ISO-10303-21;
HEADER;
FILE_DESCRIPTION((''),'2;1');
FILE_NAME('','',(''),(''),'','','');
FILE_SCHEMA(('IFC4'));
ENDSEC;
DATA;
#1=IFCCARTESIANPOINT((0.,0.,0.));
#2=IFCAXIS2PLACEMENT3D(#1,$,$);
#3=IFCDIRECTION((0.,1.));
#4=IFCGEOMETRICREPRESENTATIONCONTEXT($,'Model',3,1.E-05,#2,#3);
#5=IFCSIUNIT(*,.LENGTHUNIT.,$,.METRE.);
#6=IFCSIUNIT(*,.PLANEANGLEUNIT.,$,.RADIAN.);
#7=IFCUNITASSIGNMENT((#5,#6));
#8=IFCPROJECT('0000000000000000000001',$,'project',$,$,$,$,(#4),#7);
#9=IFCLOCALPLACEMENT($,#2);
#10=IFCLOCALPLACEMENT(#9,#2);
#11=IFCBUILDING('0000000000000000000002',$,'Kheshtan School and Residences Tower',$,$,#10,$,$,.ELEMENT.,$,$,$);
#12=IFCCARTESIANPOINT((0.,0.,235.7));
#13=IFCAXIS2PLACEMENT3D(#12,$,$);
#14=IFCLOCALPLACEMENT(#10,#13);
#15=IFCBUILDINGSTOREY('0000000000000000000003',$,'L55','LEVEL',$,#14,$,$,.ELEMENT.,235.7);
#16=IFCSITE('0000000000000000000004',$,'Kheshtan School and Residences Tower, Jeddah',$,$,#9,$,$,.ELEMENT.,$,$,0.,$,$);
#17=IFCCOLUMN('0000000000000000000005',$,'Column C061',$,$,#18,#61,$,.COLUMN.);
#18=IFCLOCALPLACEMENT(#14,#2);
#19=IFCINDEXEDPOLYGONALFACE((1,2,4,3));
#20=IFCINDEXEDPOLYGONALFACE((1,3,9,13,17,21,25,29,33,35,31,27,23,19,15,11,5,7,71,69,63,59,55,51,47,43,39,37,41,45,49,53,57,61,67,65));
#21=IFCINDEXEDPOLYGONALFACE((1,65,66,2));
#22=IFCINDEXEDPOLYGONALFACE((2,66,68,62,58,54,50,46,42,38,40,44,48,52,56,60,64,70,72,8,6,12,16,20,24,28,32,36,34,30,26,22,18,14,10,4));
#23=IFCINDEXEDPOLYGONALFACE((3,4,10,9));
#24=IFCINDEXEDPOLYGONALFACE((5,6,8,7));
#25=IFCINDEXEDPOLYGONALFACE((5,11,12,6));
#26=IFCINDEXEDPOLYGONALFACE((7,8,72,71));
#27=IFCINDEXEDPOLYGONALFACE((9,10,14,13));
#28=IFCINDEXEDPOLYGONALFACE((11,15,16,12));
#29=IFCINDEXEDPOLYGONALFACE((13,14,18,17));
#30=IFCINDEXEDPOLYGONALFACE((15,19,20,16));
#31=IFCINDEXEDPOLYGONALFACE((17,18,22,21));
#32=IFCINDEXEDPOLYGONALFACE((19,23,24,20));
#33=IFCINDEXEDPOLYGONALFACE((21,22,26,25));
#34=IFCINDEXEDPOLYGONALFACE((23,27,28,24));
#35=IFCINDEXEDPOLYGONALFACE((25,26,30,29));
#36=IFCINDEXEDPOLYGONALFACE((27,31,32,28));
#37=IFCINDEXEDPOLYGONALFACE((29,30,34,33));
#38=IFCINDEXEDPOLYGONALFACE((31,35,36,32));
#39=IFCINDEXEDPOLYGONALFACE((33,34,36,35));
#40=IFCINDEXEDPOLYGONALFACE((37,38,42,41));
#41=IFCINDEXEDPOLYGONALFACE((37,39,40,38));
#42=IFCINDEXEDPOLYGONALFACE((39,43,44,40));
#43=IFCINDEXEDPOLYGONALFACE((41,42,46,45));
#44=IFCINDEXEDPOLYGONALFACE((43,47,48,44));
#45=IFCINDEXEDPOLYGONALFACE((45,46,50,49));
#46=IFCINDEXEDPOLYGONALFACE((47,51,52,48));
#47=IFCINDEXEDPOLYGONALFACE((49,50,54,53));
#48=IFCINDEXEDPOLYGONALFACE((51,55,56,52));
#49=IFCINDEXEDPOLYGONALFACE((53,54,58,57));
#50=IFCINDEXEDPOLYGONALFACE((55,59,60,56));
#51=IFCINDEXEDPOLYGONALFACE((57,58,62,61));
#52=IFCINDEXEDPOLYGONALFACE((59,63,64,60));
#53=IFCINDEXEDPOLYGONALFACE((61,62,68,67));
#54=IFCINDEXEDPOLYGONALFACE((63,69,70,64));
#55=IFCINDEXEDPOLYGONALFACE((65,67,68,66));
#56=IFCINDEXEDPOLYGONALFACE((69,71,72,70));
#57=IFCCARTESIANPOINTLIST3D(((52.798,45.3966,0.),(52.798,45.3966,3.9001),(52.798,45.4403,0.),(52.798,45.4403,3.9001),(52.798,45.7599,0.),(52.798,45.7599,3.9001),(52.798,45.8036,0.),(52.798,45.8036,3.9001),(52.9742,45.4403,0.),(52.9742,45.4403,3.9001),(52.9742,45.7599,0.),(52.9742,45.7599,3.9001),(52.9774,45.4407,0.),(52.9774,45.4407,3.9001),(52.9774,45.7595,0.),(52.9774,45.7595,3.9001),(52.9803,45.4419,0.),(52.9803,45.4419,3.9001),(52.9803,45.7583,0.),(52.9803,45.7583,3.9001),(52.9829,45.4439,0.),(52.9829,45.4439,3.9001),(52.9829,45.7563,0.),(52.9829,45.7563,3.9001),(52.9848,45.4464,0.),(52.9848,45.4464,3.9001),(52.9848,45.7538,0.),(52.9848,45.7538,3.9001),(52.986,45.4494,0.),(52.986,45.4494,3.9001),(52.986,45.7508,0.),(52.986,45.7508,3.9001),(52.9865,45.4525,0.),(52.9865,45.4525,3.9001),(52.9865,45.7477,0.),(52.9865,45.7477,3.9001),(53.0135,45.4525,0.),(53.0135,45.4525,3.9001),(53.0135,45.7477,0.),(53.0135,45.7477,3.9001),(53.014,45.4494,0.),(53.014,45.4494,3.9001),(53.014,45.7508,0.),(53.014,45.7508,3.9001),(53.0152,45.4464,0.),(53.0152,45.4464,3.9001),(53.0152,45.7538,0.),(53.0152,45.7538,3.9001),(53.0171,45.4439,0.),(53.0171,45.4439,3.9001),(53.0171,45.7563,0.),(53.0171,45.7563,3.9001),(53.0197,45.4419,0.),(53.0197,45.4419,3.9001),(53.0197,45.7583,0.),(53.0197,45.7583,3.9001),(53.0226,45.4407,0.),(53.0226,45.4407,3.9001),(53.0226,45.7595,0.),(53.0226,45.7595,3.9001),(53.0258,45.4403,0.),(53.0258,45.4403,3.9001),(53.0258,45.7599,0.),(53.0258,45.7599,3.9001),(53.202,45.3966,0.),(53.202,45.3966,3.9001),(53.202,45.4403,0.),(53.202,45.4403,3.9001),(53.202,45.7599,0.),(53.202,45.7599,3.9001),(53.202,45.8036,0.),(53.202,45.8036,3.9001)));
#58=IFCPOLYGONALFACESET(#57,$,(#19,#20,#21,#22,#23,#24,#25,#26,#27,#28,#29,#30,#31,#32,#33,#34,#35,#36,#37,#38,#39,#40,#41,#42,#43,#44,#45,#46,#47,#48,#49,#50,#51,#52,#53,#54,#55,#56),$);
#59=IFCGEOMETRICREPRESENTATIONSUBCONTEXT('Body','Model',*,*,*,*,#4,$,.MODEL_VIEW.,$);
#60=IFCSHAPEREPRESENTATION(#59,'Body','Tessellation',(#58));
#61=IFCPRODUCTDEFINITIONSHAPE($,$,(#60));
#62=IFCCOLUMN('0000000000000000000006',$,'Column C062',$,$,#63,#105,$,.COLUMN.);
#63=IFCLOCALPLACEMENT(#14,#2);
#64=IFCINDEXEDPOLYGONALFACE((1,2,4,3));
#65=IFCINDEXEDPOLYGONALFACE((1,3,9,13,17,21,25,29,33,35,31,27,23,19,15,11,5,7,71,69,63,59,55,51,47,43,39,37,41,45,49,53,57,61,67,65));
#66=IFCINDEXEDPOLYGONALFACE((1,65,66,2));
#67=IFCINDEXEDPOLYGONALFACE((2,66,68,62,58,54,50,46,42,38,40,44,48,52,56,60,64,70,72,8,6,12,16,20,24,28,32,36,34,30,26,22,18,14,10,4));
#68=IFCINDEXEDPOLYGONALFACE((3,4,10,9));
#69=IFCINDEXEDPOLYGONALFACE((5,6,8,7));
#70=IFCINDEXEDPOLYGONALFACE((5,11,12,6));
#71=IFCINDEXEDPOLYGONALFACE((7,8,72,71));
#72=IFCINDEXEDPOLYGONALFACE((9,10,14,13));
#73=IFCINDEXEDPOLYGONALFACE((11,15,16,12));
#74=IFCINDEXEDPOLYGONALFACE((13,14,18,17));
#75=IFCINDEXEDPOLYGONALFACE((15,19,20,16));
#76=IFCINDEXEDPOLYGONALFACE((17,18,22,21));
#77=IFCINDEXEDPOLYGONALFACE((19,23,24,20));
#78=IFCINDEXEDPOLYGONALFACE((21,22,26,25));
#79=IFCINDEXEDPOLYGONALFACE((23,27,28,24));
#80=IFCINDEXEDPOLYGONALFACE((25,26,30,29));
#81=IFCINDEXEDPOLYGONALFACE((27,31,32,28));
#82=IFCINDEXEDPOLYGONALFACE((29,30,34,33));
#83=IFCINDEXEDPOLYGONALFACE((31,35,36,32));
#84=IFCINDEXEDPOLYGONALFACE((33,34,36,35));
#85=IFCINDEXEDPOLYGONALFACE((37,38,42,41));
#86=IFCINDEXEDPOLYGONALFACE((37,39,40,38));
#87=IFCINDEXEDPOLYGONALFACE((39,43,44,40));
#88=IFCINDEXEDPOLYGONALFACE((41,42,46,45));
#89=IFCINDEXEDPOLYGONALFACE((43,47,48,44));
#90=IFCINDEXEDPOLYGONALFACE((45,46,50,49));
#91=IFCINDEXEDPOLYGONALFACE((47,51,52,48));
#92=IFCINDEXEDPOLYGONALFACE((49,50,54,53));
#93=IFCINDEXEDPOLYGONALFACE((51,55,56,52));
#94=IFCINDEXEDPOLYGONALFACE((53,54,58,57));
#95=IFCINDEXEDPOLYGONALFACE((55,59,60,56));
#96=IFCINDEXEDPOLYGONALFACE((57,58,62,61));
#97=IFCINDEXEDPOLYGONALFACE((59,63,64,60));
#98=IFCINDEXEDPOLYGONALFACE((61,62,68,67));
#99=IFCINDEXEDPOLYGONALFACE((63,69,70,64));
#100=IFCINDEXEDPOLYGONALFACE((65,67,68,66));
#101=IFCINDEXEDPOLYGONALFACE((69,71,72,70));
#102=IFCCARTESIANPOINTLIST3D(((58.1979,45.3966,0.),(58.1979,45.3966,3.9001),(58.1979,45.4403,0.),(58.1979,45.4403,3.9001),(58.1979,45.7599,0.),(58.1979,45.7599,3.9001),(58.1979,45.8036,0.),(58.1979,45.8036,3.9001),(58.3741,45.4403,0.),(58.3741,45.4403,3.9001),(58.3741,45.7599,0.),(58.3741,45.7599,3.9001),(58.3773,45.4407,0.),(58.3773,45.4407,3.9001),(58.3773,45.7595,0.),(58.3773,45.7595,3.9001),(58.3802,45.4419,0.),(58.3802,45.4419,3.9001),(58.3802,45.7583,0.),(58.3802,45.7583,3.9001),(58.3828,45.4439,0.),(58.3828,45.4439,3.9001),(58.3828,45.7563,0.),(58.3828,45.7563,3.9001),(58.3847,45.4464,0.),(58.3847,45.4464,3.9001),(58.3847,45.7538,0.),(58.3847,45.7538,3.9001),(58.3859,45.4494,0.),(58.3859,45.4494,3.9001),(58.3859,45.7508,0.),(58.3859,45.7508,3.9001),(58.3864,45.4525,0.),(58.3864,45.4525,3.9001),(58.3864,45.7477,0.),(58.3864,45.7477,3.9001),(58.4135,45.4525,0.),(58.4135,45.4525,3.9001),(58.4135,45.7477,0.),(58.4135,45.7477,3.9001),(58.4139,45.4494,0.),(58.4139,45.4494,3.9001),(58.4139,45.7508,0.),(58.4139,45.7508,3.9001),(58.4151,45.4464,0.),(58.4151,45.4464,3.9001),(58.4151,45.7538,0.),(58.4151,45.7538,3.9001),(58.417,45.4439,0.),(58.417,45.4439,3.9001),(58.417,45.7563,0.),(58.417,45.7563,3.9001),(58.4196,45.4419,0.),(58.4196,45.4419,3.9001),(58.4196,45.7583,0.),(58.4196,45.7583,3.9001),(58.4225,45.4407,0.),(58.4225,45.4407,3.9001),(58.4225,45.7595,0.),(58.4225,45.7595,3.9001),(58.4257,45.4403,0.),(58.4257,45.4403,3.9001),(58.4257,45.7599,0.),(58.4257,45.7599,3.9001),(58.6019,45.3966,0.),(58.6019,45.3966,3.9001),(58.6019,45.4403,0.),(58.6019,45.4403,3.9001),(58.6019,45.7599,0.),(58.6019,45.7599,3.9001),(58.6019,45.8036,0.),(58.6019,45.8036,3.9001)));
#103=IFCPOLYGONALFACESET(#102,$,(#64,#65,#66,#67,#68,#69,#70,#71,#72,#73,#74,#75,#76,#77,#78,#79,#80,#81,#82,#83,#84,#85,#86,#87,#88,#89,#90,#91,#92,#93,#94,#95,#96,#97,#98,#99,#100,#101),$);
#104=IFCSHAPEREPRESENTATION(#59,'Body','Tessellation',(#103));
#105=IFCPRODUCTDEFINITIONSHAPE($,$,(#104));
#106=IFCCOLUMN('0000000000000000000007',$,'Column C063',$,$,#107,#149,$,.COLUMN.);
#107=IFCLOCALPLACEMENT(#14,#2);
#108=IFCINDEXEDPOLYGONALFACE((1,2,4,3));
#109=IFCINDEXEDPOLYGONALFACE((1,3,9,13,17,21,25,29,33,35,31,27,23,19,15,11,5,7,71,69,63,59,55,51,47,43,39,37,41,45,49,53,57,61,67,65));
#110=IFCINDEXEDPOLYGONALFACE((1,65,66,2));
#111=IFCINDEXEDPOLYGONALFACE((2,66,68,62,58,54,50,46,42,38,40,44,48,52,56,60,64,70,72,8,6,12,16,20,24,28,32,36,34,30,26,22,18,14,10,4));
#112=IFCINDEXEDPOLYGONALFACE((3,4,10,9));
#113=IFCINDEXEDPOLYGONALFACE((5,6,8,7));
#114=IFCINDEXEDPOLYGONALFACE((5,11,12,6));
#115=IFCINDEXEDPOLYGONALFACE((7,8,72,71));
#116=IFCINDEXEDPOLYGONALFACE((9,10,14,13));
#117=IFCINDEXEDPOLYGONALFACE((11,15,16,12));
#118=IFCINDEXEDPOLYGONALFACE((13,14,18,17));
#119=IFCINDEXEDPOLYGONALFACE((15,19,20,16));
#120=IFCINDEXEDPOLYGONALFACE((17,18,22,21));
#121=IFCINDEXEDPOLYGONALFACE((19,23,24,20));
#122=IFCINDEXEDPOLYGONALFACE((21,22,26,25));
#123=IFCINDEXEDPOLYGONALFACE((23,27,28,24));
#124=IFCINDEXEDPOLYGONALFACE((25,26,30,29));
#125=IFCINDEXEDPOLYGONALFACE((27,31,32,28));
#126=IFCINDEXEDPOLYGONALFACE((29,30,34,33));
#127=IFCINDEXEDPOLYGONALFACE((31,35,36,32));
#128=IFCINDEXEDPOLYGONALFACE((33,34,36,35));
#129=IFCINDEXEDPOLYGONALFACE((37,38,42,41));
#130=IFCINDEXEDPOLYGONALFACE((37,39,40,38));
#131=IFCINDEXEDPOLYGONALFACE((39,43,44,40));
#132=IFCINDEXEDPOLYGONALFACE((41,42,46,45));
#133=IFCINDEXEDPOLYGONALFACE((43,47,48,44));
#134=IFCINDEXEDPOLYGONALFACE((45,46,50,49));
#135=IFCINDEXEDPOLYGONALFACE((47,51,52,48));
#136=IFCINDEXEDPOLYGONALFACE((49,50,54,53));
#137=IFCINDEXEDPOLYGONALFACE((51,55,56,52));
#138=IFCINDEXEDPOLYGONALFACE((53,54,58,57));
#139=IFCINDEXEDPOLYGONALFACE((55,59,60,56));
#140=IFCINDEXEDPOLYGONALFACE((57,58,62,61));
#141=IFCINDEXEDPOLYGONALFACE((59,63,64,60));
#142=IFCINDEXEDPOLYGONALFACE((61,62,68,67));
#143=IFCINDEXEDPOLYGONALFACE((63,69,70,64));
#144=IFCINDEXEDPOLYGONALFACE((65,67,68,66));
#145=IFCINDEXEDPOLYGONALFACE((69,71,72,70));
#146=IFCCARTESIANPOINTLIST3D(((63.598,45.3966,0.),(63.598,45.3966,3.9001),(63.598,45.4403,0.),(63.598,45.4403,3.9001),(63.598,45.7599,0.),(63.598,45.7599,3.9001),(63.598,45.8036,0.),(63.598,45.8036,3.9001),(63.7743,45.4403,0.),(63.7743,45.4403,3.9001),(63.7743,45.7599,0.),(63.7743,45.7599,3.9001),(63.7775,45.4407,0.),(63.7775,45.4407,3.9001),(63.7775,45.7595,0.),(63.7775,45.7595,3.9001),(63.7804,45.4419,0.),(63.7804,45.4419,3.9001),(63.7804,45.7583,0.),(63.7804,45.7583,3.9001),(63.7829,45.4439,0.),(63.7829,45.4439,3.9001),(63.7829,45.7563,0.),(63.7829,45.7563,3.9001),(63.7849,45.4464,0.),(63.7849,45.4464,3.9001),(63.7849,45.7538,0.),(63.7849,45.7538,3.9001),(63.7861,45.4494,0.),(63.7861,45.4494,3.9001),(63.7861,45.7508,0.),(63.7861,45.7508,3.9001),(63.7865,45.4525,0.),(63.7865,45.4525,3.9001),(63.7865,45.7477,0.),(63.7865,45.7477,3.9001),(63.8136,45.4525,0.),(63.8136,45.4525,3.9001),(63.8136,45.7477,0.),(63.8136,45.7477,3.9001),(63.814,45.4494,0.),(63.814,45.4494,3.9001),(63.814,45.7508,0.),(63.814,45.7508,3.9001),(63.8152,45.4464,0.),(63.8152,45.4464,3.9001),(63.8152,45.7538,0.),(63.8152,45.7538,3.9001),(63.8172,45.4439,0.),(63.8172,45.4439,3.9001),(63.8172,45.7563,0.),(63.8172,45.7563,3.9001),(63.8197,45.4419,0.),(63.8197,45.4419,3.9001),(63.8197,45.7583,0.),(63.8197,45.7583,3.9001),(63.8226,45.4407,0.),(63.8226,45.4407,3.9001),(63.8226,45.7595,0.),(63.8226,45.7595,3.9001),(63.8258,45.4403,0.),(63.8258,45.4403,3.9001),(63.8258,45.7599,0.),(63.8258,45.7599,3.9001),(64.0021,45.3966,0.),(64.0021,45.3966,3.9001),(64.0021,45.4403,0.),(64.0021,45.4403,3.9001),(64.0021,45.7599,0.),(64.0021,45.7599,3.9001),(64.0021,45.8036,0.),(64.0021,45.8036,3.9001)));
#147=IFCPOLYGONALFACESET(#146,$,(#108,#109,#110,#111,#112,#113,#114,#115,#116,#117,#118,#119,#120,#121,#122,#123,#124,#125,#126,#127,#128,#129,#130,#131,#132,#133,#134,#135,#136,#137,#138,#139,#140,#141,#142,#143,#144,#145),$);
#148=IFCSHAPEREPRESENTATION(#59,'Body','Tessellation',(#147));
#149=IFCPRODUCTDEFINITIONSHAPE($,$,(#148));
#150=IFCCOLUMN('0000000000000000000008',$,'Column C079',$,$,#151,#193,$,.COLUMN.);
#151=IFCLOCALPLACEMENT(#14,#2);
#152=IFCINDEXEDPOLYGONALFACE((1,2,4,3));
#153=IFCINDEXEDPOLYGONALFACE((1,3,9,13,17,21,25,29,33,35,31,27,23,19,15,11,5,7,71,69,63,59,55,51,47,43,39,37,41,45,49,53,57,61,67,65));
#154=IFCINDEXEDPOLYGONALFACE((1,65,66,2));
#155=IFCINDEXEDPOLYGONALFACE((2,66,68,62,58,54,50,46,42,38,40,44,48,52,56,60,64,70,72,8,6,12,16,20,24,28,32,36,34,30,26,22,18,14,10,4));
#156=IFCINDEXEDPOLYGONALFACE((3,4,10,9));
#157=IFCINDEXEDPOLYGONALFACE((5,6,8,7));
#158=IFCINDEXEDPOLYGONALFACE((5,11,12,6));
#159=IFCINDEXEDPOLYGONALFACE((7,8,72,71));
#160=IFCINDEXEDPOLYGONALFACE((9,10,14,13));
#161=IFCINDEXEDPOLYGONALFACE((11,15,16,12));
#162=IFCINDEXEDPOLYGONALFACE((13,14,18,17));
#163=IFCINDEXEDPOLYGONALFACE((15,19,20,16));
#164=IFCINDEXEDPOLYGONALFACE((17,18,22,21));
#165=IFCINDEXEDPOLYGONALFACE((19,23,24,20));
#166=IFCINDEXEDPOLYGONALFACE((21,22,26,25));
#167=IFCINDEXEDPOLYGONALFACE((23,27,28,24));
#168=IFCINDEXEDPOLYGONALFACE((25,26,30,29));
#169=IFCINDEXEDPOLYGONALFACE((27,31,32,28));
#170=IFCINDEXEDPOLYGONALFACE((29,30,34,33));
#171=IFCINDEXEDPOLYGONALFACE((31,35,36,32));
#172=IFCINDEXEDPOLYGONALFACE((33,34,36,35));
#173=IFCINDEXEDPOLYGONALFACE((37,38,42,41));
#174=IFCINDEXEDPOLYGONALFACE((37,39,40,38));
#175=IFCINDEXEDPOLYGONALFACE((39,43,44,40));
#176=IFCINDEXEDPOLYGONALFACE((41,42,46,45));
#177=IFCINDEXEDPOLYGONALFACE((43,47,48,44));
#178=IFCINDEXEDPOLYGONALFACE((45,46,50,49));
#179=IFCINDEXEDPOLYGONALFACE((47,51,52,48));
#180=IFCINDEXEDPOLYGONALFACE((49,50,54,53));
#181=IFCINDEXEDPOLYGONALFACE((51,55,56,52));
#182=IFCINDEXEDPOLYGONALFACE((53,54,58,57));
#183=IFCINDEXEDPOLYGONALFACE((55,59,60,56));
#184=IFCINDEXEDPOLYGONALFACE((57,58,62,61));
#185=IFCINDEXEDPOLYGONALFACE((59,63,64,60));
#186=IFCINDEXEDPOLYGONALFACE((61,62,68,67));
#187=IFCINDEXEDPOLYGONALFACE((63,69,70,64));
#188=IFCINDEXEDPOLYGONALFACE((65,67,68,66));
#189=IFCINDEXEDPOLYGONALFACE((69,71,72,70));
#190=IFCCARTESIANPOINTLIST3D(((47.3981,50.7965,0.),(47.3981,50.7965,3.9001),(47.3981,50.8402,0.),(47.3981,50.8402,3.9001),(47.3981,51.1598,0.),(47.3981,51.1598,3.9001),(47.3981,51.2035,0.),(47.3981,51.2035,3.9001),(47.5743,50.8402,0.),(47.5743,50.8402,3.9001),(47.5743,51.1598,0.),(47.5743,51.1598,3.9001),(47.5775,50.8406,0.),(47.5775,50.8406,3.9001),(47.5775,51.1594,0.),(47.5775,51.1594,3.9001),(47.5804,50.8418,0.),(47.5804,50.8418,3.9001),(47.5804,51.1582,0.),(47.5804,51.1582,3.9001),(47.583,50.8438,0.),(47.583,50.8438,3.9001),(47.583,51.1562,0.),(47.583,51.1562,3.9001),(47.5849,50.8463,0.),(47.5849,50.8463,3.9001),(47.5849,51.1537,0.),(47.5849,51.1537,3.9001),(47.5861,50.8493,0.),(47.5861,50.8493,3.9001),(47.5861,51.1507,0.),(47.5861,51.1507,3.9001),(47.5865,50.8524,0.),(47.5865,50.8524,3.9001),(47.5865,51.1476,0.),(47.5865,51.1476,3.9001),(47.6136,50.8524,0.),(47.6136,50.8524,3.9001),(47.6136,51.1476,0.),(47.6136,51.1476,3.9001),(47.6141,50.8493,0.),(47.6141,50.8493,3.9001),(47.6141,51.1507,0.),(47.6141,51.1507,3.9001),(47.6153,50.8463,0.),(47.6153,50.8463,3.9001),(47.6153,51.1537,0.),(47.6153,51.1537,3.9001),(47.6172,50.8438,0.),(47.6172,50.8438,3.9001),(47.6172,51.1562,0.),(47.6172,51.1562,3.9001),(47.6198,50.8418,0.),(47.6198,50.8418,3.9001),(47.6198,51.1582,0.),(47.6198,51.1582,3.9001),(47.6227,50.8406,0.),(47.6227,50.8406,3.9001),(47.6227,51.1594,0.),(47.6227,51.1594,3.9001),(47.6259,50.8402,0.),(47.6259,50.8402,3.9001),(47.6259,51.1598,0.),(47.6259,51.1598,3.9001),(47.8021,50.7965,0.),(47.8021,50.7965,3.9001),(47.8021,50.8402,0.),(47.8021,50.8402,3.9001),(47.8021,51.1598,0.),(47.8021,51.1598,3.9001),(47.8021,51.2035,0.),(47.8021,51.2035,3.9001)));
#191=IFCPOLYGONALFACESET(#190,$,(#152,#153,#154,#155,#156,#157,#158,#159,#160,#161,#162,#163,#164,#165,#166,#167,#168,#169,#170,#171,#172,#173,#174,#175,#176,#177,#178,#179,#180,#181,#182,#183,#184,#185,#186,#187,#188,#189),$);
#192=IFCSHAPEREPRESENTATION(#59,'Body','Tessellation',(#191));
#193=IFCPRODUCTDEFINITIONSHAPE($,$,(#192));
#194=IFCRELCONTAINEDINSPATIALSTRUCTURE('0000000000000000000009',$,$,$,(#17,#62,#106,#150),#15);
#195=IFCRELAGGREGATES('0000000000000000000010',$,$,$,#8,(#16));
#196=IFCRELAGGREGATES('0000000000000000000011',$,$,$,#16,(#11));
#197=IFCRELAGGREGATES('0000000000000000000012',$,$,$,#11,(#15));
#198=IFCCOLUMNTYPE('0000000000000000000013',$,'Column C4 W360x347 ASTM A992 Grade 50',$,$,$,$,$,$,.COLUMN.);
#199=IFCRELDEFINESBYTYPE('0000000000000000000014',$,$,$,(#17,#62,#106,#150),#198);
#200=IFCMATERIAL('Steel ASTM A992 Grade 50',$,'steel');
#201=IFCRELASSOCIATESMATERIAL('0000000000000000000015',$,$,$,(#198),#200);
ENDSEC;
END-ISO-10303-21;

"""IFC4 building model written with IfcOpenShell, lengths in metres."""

from ifc_helpers import new_model, si_unit, direction, frame, origin, origin_2d, place, context, subcontext, project, spatial, i_section, extrude, material, material_profile, profile_set, type_object, element, save


model = new_model("IFC4")

# Units and contexts
model_context = context("Model", 3, precision=1e-05, world=origin(), true_north=direction((0.0, 1.0)))
body_context = subcontext(model_context, "Body", "Model", "MODEL_VIEW")
ifc_project = project(units=[si_unit("LENGTHUNIT", "METRE"), si_unit("PLANEANGLEUNIT", "RADIAN")], contexts=[model_context])

# Site, building, storey
site_placement = place(None, origin())
site = spatial("IfcSite", under=ifc_project, at=site_placement, Name="Kheshtan School and Residences Tower, Jeddah", CompositionType="ELEMENT", RefElevation=0.0)
building_placement = place(site_placement, origin())
building = spatial("IfcBuilding", under=site, at=building_placement, Name="Kheshtan School and Residences Tower", CompositionType="ELEMENT")
storey_placement = place(building_placement, frame((0.0, 0.0, 235.7)))
storey = spatial("IfcBuildingStorey", under=building, at=storey_placement, Name="L55", Description="LEVEL", CompositionType="ELEMENT", Elevation=235.7)

# Columns
ifc_material_1 = material(Name="Steel ASTM A992 Grade 50", Category="steel")
ifc_material_profile_1 = material_profile(ifc_material_1, i_section(OverallWidth=0.4041, OverallDepth=0.407, WebThickness=0.0271, FlangeThickness=0.0437, FilletRadius=0.0122, at=origin_2d()), Name="W360x347")
ifc_profile_set_1 = profile_set([ifc_material_profile_1], Name="Steel ASTM A992 Grade 50")
column_type_1 = type_object("IfcColumnType", Name="Column C4 W360x347 ASTM A992 Grade 50", PredefinedType="COLUMN", material=ifc_profile_set_1)
for number, where, z_axis, x_axis, name in (
    (1, (53.0, 45.6001, 0.0), (0.0, 0.0, 1.0), (1.0, 0.0, 0.0), "Column C061"),
    (2, (58.3999, 45.6001, 0.0), (0.0, 0.0, 1.0), (1.0, 0.0, 0.0), "Column C062"),
    (3, (63.8, 45.6001, 0.0), (0.0, 0.0, 1.0), (1.0, 0.0, 0.0), "Column C063"),
    (4, (47.6001, 51.0, 0.0), (0.0, 0.0, 1.0), (1.0, 0.0, 0.0), "Column C079"),
):
    element("IfcColumn", number, at=place(storey_placement, frame(where, z_axis=z_axis, x_axis=x_axis)), inside=storey, type_object=column_type_1, Name=name, PredefinedType="COLUMN", context=body_context, shape_type="SweptSolid", body=[
        extrude(i_section(OverallWidth=0.4041, OverallDepth=0.407, WebThickness=0.0271, FlangeThickness=0.0437, FilletRadius=0.0122, at=origin_2d()), origin(), (0.0, 0.0, 1.0), 3.9001),
    ])

save(model, "model.ifc")
